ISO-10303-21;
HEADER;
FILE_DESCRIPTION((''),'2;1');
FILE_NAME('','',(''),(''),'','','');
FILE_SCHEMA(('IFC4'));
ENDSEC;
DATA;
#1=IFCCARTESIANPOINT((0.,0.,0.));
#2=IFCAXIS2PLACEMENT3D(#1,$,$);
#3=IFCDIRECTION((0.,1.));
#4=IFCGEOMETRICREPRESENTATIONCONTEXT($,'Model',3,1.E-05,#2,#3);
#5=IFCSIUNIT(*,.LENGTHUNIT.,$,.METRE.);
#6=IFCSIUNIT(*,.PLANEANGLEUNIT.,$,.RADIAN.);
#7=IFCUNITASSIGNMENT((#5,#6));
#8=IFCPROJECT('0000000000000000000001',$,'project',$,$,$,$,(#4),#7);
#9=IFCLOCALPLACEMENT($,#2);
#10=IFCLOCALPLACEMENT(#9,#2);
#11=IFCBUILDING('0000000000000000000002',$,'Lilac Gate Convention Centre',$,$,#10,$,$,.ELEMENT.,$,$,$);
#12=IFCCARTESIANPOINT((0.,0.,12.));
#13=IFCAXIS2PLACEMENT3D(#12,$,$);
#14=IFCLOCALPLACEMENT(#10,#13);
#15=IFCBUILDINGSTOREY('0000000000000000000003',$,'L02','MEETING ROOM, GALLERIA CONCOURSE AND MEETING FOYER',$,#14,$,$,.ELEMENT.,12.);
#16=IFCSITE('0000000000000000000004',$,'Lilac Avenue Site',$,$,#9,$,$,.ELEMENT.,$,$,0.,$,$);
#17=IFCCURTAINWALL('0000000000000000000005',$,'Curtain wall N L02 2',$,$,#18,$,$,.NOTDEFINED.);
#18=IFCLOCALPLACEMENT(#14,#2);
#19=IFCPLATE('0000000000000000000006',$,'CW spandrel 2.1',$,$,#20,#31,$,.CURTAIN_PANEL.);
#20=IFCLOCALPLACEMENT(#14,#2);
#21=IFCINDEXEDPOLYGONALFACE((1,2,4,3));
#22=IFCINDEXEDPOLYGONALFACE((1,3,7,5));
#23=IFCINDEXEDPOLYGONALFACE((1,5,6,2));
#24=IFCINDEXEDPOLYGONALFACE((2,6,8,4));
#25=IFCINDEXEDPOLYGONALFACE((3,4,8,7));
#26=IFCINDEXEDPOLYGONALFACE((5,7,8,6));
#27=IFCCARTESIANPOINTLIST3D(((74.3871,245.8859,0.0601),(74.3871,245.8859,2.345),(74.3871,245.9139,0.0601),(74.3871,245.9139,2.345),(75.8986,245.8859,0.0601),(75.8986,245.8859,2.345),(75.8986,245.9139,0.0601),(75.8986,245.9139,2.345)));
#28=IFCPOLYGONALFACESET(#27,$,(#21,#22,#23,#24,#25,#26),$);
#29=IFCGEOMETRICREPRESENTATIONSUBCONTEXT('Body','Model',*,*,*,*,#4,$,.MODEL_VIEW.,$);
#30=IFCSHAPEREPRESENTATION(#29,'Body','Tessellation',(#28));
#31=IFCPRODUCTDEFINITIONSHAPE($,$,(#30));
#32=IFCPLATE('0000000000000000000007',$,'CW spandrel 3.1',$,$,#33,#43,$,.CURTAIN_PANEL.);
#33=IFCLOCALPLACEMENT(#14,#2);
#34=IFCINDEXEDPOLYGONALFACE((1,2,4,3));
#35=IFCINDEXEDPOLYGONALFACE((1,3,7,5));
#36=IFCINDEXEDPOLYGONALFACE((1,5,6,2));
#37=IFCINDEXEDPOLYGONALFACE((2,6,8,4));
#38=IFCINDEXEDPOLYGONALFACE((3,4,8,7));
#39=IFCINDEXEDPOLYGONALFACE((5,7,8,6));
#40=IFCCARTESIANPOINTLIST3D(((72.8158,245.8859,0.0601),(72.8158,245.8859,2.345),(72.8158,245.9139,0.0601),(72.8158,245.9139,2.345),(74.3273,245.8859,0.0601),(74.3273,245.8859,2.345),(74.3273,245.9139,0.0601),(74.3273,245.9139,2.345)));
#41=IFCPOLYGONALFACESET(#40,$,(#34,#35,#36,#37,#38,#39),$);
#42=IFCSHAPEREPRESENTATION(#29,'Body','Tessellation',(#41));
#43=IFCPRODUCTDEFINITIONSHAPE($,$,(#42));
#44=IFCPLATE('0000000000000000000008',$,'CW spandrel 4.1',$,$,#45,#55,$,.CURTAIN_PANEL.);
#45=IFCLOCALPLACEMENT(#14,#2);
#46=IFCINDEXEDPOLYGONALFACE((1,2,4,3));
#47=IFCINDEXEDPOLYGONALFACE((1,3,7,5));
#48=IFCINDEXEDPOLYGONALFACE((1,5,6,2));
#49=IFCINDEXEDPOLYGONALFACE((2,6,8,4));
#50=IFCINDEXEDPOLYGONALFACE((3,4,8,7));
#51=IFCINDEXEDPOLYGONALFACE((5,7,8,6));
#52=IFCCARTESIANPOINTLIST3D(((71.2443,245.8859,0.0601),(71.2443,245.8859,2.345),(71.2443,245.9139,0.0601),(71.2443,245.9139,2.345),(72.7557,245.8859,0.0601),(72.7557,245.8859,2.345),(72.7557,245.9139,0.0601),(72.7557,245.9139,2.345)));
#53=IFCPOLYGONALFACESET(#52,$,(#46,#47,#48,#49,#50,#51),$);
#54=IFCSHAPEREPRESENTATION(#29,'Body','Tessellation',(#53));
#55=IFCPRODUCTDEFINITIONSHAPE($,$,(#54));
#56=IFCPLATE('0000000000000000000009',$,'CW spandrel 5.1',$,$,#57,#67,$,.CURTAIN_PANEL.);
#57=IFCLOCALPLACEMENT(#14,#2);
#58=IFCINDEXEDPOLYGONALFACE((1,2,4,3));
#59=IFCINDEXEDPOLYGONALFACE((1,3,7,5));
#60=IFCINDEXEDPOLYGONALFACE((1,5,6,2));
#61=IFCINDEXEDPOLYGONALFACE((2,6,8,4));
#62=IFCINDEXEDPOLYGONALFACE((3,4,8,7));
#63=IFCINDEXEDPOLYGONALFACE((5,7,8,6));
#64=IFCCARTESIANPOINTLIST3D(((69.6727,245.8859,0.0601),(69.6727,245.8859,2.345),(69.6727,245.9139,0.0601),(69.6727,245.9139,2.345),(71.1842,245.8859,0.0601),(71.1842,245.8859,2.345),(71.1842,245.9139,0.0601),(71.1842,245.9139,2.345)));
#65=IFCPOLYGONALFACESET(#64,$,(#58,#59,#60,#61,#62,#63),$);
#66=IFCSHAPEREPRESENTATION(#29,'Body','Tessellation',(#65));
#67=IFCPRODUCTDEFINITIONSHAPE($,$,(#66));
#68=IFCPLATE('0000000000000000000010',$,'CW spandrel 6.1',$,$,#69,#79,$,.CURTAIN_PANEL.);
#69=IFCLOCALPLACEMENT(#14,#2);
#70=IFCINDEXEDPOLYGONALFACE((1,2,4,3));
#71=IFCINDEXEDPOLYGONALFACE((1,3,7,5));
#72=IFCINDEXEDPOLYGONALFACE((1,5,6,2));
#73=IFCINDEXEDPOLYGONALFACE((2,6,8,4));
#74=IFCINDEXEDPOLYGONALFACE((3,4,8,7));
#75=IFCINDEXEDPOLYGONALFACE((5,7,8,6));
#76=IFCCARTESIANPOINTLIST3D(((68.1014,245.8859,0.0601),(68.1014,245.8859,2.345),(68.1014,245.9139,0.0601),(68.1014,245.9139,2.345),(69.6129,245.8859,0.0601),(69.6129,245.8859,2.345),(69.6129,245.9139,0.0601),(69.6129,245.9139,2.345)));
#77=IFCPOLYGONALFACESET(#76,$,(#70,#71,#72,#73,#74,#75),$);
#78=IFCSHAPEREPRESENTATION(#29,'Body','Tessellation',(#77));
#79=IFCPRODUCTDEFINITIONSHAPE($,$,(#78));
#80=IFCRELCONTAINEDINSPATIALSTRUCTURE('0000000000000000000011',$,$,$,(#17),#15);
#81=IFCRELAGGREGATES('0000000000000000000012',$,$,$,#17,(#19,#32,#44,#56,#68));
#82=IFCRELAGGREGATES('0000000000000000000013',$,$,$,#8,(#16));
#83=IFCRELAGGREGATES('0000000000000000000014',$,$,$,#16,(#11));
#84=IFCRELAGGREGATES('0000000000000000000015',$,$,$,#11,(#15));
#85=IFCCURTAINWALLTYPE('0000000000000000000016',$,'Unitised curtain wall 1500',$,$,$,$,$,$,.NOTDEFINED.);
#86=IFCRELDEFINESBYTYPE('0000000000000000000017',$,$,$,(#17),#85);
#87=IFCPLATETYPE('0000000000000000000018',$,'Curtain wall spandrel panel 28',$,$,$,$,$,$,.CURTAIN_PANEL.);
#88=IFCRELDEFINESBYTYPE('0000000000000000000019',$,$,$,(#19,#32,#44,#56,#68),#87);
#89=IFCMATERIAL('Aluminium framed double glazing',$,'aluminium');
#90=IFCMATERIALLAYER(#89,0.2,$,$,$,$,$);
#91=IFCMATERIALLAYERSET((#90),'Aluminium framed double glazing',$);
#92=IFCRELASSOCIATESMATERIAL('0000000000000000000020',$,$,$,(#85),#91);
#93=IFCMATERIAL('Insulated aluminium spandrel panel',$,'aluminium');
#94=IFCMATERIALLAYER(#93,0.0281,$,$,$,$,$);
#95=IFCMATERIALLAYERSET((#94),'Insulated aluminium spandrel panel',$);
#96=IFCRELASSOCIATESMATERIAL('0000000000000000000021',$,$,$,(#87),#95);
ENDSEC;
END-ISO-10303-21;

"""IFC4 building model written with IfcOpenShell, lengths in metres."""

from ifc_helpers import new_model, si_unit, direction, frame, origin, origin_2d, place, context, subcontext, project, spatial, rectangle, extrude, material, layer, layer_set, type_object, element, aggregate, save


model = new_model("IFC4")

# Units and contexts
model_context = context("Model", 3, precision=1e-05, world=origin(), true_north=direction((0.0, 1.0)))
body_context = subcontext(model_context, "Body", "Model", "MODEL_VIEW")
ifc_project = project(units=[si_unit("LENGTHUNIT", "METRE"), si_unit("PLANEANGLEUNIT", "RADIAN")], contexts=[model_context])

# Site, building, storey
site_placement = place(None, origin())
site = spatial("IfcSite", under=ifc_project, at=site_placement, Name="Lilac Avenue Site", CompositionType="ELEMENT", RefElevation=0.0)
building_placement = place(site_placement, origin())
building = spatial("IfcBuilding", under=site, at=building_placement, Name="Lilac Gate Convention Centre", CompositionType="ELEMENT")
storey_placement = place(building_placement, frame((0.0, 0.0, 12.0)))
storey = spatial("IfcBuildingStorey", under=building, at=storey_placement, Name="L02", Description="MEETING ROOM, GALLERIA CONCOURSE AND MEETING FOYER", CompositionType="ELEMENT", Elevation=12.0)

# Curtain wall, plates
ifc_material_1 = material(Name="Aluminium framed double glazing", Category="aluminium")
ifc_layer_1 = layer(ifc_material_1, 0.2)
ifc_layer_set_1 = layer_set([ifc_layer_1], Name="Aluminium framed double glazing")
curtain_wall_type = type_object("IfcCurtainWallType", Name="Unitised curtain wall 1500", PredefinedType="NOTDEFINED", material=ifc_layer_set_1)
curtain_wall_placement = place(storey_placement, origin())
curtain_wall = element("IfcCurtainWall", 1, at=curtain_wall_placement, inside=storey, type_object=curtain_wall_type, Name="Curtain wall N L02 2", PredefinedType="NOTDEFINED")
ifc_material_2 = material(Name="Insulated aluminium spandrel panel", Category="aluminium")
ifc_layer_2 = layer(ifc_material_2, 0.0281)
ifc_layer_set_2 = layer_set([ifc_layer_2], Name="Insulated aluminium spandrel panel")
plate_type_1 = type_object("IfcPlateType", Name="Curtain wall spandrel panel 28", PredefinedType="CURTAIN_PANEL", material=ifc_layer_set_2)
plate_1_placement = place(storey_placement, frame((75.1428, 245.8999, 0.0601), z_axis=(0.0, 0.0, 1.0), x_axis=(-1.0, 0.0, 0.0)))
plate_1 = element("IfcPlate", 2, at=plate_1_placement, type_object=plate_type_1, Name="CW spandrel 2.1", PredefinedType="CURTAIN_PANEL", context=body_context, shape_type="SweptSolid", body=[
    extrude(rectangle(XDim=1.5115, YDim=0.0281, at=origin_2d()), origin(), (0.0, 0.0, 1.0), 2.2849),
])
plate_2_placement = place(storey_placement, frame((73.5715, 245.8999, 0.0601), z_axis=(0.0, 0.0, 1.0), x_axis=(-1.0, 0.0, 0.0)))
plate_2 = element("IfcPlate", 3, at=plate_2_placement, type_object=plate_type_1, Name="CW spandrel 3.1", PredefinedType="CURTAIN_PANEL", context=body_context, shape_type="SweptSolid", body=[
    extrude(rectangle(XDim=1.5115, YDim=0.0281, at=origin_2d()), origin(), (0.0, 0.0, 1.0), 2.2849),
])
plate_3_placement = place(storey_placement, frame((72.0, 245.8999, 0.0601), z_axis=(0.0, 0.0, 1.0), x_axis=(-1.0, 0.0, 0.0)))
plate_3 = element("IfcPlate", 4, at=plate_3_placement, type_object=plate_type_1, Name="CW spandrel 4.1", PredefinedType="CURTAIN_PANEL", context=body_context, shape_type="SweptSolid", body=[
    extrude(rectangle(XDim=1.5115, YDim=0.0281, at=origin_2d()), origin(), (0.0, 0.0, 1.0), 2.2849),
])
plate_4_placement = place(storey_placement, frame((70.4285, 245.8999, 0.0601), z_axis=(0.0, 0.0, 1.0), x_axis=(-1.0, 0.0, 0.0)))
plate_4 = element("IfcPlate", 5, at=plate_4_placement, type_object=plate_type_1, Name="CW spandrel 5.1", PredefinedType="CURTAIN_PANEL", context=body_context, shape_type="SweptSolid", body=[
    extrude(rectangle(XDim=1.5115, YDim=0.0281, at=origin_2d()), origin(), (0.0, 0.0, 1.0), 2.2849),
])
plate_5_placement = place(storey_placement, frame((68.8572, 245.8999, 0.0601), z_axis=(0.0, 0.0, 1.0), x_axis=(-1.0, 0.0, 0.0)))
plate_5 = element("IfcPlate", 6, at=plate_5_placement, type_object=plate_type_1, Name="CW spandrel 6.1", PredefinedType="CURTAIN_PANEL", context=body_context, shape_type="SweptSolid", body=[
    extrude(rectangle(XDim=1.5115, YDim=0.0281, at=origin_2d()), origin(), (0.0, 0.0, 1.0), 2.2849),
])
aggregate(curtain_wall, [plate_1, plate_2, plate_3, plate_4, plate_5])

save(model, "model.ifc")
